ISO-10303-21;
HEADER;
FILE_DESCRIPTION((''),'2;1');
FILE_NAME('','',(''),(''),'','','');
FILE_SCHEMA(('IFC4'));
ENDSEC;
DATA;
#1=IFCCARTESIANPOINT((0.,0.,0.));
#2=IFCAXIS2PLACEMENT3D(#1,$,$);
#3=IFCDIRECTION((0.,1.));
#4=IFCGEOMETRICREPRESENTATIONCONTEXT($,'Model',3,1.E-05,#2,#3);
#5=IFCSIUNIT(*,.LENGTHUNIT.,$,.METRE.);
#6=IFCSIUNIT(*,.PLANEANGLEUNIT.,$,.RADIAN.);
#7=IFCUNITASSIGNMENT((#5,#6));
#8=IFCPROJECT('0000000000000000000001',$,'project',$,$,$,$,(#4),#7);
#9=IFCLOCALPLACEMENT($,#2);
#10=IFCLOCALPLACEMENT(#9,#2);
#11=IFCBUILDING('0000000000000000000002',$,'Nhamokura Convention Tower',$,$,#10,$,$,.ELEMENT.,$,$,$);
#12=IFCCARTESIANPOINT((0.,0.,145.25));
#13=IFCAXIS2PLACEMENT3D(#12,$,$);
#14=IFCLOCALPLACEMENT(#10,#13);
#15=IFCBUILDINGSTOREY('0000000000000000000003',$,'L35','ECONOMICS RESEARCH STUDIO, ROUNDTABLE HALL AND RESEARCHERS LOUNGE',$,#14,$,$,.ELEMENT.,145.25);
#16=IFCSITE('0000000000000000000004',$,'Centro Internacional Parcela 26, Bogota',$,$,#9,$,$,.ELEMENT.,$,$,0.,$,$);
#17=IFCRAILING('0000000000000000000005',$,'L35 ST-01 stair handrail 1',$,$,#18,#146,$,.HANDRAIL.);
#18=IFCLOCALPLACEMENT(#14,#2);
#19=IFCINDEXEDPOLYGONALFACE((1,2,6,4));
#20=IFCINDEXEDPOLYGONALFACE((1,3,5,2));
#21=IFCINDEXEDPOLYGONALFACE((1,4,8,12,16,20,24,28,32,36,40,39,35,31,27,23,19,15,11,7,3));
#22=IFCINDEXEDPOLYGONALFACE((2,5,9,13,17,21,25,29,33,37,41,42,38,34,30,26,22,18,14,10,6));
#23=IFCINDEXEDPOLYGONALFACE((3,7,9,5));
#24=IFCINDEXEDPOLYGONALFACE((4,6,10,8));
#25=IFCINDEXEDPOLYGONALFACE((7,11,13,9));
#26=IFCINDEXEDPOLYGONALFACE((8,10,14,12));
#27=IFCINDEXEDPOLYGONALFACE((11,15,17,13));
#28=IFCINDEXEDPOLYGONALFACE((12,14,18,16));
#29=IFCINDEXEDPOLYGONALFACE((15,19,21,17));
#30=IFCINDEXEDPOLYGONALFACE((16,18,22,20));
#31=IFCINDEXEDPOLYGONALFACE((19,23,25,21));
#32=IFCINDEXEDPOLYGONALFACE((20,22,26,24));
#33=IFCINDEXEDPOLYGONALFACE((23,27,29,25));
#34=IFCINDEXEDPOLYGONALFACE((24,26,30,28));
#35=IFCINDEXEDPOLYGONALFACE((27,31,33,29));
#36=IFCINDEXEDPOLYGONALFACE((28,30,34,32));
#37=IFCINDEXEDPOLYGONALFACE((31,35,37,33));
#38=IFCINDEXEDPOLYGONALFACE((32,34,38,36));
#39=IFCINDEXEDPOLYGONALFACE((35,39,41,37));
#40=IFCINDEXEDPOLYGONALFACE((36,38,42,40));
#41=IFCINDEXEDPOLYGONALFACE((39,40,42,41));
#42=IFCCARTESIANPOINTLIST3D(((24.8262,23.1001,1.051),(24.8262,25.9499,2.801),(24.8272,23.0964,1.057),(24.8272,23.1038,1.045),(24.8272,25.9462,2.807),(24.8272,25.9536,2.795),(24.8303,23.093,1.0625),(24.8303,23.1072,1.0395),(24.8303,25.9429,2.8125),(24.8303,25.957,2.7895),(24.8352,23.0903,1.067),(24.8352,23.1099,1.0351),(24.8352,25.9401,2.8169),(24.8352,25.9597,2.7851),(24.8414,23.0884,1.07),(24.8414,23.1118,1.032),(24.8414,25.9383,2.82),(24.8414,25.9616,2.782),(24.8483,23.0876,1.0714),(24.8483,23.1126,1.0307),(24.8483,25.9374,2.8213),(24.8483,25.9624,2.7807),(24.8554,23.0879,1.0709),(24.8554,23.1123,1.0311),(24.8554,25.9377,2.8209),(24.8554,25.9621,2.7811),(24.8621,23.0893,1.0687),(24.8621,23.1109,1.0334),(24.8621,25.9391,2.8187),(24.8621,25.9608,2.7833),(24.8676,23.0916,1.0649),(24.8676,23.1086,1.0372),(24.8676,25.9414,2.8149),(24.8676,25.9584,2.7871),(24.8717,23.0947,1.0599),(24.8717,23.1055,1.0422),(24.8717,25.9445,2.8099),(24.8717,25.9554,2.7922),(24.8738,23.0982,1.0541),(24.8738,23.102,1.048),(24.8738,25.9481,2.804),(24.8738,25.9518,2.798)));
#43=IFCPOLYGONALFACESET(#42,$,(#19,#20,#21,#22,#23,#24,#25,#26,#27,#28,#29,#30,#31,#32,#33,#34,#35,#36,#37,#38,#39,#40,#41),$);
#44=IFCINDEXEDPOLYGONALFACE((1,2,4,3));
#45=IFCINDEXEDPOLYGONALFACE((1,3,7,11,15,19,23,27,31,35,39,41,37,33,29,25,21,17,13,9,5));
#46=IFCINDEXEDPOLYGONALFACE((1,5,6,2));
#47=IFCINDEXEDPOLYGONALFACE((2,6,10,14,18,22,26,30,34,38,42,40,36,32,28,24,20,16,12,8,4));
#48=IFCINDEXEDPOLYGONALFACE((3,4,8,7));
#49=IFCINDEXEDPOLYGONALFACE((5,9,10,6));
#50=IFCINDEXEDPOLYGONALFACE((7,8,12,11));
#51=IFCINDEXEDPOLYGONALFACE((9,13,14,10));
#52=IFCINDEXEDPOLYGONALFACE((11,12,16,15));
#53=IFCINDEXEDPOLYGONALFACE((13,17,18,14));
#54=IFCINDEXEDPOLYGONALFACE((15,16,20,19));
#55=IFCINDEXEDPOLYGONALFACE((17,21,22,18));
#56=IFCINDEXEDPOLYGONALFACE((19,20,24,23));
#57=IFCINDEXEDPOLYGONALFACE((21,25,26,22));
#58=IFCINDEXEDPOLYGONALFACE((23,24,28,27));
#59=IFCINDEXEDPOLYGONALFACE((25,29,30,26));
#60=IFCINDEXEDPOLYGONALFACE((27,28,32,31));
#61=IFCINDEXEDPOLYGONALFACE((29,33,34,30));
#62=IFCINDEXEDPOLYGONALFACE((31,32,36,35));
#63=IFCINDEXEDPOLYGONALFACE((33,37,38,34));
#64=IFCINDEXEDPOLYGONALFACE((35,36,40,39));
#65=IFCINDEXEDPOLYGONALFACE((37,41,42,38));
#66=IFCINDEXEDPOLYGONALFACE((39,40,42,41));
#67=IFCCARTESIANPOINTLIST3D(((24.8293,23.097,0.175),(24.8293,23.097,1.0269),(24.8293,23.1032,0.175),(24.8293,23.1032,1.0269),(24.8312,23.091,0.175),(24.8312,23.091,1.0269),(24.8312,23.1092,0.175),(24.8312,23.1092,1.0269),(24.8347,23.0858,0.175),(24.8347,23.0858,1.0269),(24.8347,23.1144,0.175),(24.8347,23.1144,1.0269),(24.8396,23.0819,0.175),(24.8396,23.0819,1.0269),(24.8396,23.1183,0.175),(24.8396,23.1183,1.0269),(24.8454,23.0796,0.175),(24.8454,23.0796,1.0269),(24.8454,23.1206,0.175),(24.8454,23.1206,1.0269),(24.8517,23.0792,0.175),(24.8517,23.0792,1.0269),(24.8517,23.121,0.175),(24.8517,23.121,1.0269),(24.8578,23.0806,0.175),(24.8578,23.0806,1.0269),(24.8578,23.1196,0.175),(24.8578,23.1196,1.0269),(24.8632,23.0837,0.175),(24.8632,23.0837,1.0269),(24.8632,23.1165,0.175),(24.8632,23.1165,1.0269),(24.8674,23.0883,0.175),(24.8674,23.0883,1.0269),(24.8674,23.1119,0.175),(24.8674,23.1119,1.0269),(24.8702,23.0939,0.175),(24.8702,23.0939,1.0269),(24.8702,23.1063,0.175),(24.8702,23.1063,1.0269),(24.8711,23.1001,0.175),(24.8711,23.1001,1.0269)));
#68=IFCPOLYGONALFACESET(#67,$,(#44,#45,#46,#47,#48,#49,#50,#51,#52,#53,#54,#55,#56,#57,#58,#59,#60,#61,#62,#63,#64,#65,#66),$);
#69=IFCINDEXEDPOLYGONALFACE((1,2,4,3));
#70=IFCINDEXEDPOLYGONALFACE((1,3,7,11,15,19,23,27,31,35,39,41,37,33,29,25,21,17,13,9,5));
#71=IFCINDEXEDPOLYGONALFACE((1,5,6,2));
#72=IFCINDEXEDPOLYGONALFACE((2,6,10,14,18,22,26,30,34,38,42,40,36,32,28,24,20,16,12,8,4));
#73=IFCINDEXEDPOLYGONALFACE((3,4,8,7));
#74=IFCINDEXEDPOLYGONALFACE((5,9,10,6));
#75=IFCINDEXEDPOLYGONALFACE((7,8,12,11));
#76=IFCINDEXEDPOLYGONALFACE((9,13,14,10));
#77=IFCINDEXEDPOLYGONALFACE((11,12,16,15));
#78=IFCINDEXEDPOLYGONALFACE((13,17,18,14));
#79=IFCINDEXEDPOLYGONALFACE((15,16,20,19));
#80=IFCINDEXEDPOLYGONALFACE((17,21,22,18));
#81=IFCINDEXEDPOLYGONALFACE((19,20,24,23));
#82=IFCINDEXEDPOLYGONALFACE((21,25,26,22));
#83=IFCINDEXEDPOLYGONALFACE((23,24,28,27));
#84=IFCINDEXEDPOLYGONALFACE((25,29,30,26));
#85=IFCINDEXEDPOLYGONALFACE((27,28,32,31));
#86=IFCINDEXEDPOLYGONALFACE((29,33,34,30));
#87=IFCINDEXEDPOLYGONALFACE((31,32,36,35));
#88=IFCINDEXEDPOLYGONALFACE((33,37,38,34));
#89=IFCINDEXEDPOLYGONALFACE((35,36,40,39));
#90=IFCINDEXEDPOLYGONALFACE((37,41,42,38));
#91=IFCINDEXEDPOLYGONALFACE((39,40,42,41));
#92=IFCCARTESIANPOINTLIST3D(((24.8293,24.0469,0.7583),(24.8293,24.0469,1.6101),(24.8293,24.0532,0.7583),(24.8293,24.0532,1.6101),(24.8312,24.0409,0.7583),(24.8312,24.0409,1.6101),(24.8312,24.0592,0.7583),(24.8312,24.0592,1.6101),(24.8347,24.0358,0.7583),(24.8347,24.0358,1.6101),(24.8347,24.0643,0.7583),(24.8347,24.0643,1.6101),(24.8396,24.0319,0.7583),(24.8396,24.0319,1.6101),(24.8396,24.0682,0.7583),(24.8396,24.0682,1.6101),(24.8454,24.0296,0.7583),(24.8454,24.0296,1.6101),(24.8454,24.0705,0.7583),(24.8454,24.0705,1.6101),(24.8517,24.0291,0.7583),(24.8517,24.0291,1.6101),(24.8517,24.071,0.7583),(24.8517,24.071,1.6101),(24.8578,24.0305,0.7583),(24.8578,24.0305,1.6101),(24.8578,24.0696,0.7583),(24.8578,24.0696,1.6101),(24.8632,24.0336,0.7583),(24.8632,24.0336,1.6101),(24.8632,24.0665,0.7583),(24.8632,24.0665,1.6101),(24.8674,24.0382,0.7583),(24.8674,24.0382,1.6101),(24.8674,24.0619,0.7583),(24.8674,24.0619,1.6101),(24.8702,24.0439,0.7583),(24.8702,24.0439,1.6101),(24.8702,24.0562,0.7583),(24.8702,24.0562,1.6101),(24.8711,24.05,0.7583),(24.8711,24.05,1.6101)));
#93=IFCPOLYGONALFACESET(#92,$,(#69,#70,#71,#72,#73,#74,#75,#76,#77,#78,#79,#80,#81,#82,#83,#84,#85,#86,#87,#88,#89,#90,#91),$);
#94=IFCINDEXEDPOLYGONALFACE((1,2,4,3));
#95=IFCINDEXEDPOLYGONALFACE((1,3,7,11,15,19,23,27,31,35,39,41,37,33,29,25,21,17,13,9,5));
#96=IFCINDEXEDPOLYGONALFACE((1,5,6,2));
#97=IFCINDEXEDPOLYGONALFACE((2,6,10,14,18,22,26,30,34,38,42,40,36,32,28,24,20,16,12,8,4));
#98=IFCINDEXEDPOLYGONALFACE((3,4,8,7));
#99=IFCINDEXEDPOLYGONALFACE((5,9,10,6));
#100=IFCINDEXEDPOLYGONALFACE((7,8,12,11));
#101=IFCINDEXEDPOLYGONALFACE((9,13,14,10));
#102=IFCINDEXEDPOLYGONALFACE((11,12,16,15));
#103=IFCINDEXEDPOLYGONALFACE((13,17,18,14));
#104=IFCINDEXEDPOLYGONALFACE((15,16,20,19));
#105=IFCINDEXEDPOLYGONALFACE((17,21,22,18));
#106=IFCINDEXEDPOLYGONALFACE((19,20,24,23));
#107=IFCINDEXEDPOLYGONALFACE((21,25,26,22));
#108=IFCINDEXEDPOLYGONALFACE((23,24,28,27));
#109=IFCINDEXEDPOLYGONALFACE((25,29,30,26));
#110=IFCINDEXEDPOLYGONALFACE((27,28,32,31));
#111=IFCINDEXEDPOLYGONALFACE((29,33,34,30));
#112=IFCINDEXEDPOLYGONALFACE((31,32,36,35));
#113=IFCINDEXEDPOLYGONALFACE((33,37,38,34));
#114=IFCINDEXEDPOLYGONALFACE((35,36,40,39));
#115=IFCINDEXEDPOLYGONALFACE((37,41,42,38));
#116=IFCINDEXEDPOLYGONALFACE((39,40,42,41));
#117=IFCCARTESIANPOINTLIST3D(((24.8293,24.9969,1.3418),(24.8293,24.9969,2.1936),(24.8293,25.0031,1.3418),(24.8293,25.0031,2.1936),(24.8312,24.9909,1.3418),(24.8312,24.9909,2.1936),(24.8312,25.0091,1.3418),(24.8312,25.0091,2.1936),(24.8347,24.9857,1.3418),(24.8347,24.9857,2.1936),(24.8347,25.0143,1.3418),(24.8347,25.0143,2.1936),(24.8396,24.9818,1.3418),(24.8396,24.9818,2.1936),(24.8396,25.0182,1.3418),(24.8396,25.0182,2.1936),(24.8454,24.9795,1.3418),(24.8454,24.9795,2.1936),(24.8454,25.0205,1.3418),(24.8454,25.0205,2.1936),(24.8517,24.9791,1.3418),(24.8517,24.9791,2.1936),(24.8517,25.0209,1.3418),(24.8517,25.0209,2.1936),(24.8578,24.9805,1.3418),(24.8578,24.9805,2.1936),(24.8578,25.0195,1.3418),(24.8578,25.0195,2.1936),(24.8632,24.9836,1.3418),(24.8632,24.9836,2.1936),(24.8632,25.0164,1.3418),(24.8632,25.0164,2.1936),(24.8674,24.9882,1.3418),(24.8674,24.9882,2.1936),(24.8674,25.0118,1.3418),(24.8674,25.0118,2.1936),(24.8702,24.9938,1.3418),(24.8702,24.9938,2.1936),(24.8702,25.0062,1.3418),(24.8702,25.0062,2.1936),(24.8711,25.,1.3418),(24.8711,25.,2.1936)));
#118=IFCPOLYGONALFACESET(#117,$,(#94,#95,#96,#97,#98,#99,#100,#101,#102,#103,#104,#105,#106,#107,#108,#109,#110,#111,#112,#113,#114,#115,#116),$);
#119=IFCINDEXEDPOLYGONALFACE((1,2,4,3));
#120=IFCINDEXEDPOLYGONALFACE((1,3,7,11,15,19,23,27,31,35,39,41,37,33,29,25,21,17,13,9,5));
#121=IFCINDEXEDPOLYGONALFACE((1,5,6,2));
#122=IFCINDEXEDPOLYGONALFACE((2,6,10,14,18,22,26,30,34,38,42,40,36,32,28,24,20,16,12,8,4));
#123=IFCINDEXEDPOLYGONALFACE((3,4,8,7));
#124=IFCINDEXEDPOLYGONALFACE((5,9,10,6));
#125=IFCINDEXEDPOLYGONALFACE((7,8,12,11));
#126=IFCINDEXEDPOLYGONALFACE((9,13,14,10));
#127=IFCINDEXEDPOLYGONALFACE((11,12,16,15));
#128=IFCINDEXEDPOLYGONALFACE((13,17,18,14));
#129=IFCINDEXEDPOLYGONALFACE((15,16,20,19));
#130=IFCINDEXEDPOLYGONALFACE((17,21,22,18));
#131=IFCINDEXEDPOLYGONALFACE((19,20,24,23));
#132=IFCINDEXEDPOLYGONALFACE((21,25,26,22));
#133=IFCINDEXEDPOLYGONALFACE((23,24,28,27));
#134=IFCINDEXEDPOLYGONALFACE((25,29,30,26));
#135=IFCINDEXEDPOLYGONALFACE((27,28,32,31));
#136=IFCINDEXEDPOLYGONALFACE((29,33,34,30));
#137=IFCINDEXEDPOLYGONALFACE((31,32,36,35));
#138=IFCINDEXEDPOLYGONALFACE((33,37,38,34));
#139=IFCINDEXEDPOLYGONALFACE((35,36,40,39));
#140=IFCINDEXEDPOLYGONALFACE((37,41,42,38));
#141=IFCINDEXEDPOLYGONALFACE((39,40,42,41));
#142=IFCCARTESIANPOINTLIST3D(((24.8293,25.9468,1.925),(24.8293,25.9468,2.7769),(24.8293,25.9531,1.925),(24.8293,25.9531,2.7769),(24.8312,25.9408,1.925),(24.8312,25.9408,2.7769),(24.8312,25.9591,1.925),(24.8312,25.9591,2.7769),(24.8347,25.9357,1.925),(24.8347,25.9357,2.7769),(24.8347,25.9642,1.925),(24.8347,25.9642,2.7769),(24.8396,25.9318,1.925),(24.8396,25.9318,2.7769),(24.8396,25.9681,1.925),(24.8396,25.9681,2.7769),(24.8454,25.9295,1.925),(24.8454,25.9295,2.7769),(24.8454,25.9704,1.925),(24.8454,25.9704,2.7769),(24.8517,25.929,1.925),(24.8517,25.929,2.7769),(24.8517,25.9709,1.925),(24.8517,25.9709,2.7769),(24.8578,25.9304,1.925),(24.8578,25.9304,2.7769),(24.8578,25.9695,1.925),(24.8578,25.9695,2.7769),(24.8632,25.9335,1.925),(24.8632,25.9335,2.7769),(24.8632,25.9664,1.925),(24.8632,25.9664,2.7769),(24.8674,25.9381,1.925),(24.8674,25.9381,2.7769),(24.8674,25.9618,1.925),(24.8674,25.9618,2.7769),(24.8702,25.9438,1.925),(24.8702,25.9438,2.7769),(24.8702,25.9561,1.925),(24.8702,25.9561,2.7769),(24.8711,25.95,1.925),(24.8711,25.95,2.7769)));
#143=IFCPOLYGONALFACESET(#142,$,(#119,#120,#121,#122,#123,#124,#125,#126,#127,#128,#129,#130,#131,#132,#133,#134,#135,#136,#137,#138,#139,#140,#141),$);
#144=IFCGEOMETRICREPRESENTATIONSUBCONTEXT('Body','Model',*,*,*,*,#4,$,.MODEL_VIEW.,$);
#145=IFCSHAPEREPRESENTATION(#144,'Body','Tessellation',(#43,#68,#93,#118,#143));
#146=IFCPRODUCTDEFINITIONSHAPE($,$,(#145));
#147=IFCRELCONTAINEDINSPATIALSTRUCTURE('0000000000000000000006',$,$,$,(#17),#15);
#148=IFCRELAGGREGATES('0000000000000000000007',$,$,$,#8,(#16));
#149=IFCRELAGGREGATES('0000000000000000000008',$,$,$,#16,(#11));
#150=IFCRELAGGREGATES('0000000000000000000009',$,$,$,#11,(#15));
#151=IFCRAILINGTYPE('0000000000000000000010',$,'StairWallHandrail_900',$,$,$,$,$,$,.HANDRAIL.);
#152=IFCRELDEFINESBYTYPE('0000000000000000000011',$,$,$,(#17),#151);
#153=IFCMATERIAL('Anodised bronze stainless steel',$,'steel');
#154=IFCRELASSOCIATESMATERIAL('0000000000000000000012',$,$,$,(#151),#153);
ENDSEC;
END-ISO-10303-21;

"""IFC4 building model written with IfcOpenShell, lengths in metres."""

from ifc_helpers import new_model, si_unit, direction, frame, origin, origin_2d, place, context, subcontext, project, spatial, circle, extrude, material, type_object, element, save


model = new_model("IFC4")

# Units and contexts
model_context = context("Model", 3, precision=1e-05, world=origin(), true_north=direction((0.0, 1.0)))
body_context = subcontext(model_context, "Body", "Model", "MODEL_VIEW")
ifc_project = project(units=[si_unit("LENGTHUNIT", "METRE"), si_unit("PLANEANGLEUNIT", "RADIAN")], contexts=[model_context])

# Site, building, storey
site_placement = place(None, origin())
site = spatial("IfcSite", under=ifc_project, at=site_placement, Name="Centro Internacional Parcela 26, Bogota", CompositionType="ELEMENT", RefElevation=0.0)
building_placement = place(site_placement, origin())
building = spatial("IfcBuilding", under=site, at=building_placement, Name="Nhamokura Convention Tower", CompositionType="ELEMENT")
storey_placement = place(building_placement, frame((0.0, 0.0, 145.25)))
storey = spatial("IfcBuildingStorey", under=building, at=storey_placement, Name="L35", Description="ECONOMICS RESEARCH STUDIO, ROUNDTABLE HALL AND RESEARCHERS LOUNGE", CompositionType="ELEMENT", Elevation=145.25)

# Railing
ifc_material_1 = material(Name="Anodised bronze stainless steel", Category="steel")
railing_type_1 = type_object("IfcRailingType", Name="StairWallHandrail_900", PredefinedType="HANDRAIL", material=ifc_material_1)
railing_1_placement = place(storey_placement, frame((24.8501, 23.1001, 0.175)))
element("IfcRailing", 1, at=railing_1_placement, inside=storey, type_object=railing_type_1, Name="L35 ST-01 stair handrail 1", PredefinedType="HANDRAIL", context=body_context, shape_type="SweptSolid", body=[
    extrude(circle(Radius=0.0239, at=origin_2d()), frame((0.0, 0.0, 0.876), z_axis=(0.0, 0.852159, 0.523283), x_axis=(-1.0, 0.0, 0.0)), (0.0, 0.0, 1.0), 3.3442),
    extrude(circle(Radius=0.021, at=origin_2d()), origin(), (0.0, 0.0, 1.0), 0.8518),
    extrude(circle(Radius=0.021, at=origin_2d()), frame((0.0, 0.95, 0.5833)), (0.0, 0.0, 1.0), 0.8518),
    extrude(circle(Radius=0.021, at=origin_2d()), frame((0.0, 1.8999, 1.1667)), (0.0, 0.0, 1.0), 0.8518),
    extrude(circle(Radius=0.021, at=origin_2d()), frame((0.0, 2.8499, 1.75)), (0.0, 0.0, 1.0), 0.8518),
])

save(model, "model.ifc")
